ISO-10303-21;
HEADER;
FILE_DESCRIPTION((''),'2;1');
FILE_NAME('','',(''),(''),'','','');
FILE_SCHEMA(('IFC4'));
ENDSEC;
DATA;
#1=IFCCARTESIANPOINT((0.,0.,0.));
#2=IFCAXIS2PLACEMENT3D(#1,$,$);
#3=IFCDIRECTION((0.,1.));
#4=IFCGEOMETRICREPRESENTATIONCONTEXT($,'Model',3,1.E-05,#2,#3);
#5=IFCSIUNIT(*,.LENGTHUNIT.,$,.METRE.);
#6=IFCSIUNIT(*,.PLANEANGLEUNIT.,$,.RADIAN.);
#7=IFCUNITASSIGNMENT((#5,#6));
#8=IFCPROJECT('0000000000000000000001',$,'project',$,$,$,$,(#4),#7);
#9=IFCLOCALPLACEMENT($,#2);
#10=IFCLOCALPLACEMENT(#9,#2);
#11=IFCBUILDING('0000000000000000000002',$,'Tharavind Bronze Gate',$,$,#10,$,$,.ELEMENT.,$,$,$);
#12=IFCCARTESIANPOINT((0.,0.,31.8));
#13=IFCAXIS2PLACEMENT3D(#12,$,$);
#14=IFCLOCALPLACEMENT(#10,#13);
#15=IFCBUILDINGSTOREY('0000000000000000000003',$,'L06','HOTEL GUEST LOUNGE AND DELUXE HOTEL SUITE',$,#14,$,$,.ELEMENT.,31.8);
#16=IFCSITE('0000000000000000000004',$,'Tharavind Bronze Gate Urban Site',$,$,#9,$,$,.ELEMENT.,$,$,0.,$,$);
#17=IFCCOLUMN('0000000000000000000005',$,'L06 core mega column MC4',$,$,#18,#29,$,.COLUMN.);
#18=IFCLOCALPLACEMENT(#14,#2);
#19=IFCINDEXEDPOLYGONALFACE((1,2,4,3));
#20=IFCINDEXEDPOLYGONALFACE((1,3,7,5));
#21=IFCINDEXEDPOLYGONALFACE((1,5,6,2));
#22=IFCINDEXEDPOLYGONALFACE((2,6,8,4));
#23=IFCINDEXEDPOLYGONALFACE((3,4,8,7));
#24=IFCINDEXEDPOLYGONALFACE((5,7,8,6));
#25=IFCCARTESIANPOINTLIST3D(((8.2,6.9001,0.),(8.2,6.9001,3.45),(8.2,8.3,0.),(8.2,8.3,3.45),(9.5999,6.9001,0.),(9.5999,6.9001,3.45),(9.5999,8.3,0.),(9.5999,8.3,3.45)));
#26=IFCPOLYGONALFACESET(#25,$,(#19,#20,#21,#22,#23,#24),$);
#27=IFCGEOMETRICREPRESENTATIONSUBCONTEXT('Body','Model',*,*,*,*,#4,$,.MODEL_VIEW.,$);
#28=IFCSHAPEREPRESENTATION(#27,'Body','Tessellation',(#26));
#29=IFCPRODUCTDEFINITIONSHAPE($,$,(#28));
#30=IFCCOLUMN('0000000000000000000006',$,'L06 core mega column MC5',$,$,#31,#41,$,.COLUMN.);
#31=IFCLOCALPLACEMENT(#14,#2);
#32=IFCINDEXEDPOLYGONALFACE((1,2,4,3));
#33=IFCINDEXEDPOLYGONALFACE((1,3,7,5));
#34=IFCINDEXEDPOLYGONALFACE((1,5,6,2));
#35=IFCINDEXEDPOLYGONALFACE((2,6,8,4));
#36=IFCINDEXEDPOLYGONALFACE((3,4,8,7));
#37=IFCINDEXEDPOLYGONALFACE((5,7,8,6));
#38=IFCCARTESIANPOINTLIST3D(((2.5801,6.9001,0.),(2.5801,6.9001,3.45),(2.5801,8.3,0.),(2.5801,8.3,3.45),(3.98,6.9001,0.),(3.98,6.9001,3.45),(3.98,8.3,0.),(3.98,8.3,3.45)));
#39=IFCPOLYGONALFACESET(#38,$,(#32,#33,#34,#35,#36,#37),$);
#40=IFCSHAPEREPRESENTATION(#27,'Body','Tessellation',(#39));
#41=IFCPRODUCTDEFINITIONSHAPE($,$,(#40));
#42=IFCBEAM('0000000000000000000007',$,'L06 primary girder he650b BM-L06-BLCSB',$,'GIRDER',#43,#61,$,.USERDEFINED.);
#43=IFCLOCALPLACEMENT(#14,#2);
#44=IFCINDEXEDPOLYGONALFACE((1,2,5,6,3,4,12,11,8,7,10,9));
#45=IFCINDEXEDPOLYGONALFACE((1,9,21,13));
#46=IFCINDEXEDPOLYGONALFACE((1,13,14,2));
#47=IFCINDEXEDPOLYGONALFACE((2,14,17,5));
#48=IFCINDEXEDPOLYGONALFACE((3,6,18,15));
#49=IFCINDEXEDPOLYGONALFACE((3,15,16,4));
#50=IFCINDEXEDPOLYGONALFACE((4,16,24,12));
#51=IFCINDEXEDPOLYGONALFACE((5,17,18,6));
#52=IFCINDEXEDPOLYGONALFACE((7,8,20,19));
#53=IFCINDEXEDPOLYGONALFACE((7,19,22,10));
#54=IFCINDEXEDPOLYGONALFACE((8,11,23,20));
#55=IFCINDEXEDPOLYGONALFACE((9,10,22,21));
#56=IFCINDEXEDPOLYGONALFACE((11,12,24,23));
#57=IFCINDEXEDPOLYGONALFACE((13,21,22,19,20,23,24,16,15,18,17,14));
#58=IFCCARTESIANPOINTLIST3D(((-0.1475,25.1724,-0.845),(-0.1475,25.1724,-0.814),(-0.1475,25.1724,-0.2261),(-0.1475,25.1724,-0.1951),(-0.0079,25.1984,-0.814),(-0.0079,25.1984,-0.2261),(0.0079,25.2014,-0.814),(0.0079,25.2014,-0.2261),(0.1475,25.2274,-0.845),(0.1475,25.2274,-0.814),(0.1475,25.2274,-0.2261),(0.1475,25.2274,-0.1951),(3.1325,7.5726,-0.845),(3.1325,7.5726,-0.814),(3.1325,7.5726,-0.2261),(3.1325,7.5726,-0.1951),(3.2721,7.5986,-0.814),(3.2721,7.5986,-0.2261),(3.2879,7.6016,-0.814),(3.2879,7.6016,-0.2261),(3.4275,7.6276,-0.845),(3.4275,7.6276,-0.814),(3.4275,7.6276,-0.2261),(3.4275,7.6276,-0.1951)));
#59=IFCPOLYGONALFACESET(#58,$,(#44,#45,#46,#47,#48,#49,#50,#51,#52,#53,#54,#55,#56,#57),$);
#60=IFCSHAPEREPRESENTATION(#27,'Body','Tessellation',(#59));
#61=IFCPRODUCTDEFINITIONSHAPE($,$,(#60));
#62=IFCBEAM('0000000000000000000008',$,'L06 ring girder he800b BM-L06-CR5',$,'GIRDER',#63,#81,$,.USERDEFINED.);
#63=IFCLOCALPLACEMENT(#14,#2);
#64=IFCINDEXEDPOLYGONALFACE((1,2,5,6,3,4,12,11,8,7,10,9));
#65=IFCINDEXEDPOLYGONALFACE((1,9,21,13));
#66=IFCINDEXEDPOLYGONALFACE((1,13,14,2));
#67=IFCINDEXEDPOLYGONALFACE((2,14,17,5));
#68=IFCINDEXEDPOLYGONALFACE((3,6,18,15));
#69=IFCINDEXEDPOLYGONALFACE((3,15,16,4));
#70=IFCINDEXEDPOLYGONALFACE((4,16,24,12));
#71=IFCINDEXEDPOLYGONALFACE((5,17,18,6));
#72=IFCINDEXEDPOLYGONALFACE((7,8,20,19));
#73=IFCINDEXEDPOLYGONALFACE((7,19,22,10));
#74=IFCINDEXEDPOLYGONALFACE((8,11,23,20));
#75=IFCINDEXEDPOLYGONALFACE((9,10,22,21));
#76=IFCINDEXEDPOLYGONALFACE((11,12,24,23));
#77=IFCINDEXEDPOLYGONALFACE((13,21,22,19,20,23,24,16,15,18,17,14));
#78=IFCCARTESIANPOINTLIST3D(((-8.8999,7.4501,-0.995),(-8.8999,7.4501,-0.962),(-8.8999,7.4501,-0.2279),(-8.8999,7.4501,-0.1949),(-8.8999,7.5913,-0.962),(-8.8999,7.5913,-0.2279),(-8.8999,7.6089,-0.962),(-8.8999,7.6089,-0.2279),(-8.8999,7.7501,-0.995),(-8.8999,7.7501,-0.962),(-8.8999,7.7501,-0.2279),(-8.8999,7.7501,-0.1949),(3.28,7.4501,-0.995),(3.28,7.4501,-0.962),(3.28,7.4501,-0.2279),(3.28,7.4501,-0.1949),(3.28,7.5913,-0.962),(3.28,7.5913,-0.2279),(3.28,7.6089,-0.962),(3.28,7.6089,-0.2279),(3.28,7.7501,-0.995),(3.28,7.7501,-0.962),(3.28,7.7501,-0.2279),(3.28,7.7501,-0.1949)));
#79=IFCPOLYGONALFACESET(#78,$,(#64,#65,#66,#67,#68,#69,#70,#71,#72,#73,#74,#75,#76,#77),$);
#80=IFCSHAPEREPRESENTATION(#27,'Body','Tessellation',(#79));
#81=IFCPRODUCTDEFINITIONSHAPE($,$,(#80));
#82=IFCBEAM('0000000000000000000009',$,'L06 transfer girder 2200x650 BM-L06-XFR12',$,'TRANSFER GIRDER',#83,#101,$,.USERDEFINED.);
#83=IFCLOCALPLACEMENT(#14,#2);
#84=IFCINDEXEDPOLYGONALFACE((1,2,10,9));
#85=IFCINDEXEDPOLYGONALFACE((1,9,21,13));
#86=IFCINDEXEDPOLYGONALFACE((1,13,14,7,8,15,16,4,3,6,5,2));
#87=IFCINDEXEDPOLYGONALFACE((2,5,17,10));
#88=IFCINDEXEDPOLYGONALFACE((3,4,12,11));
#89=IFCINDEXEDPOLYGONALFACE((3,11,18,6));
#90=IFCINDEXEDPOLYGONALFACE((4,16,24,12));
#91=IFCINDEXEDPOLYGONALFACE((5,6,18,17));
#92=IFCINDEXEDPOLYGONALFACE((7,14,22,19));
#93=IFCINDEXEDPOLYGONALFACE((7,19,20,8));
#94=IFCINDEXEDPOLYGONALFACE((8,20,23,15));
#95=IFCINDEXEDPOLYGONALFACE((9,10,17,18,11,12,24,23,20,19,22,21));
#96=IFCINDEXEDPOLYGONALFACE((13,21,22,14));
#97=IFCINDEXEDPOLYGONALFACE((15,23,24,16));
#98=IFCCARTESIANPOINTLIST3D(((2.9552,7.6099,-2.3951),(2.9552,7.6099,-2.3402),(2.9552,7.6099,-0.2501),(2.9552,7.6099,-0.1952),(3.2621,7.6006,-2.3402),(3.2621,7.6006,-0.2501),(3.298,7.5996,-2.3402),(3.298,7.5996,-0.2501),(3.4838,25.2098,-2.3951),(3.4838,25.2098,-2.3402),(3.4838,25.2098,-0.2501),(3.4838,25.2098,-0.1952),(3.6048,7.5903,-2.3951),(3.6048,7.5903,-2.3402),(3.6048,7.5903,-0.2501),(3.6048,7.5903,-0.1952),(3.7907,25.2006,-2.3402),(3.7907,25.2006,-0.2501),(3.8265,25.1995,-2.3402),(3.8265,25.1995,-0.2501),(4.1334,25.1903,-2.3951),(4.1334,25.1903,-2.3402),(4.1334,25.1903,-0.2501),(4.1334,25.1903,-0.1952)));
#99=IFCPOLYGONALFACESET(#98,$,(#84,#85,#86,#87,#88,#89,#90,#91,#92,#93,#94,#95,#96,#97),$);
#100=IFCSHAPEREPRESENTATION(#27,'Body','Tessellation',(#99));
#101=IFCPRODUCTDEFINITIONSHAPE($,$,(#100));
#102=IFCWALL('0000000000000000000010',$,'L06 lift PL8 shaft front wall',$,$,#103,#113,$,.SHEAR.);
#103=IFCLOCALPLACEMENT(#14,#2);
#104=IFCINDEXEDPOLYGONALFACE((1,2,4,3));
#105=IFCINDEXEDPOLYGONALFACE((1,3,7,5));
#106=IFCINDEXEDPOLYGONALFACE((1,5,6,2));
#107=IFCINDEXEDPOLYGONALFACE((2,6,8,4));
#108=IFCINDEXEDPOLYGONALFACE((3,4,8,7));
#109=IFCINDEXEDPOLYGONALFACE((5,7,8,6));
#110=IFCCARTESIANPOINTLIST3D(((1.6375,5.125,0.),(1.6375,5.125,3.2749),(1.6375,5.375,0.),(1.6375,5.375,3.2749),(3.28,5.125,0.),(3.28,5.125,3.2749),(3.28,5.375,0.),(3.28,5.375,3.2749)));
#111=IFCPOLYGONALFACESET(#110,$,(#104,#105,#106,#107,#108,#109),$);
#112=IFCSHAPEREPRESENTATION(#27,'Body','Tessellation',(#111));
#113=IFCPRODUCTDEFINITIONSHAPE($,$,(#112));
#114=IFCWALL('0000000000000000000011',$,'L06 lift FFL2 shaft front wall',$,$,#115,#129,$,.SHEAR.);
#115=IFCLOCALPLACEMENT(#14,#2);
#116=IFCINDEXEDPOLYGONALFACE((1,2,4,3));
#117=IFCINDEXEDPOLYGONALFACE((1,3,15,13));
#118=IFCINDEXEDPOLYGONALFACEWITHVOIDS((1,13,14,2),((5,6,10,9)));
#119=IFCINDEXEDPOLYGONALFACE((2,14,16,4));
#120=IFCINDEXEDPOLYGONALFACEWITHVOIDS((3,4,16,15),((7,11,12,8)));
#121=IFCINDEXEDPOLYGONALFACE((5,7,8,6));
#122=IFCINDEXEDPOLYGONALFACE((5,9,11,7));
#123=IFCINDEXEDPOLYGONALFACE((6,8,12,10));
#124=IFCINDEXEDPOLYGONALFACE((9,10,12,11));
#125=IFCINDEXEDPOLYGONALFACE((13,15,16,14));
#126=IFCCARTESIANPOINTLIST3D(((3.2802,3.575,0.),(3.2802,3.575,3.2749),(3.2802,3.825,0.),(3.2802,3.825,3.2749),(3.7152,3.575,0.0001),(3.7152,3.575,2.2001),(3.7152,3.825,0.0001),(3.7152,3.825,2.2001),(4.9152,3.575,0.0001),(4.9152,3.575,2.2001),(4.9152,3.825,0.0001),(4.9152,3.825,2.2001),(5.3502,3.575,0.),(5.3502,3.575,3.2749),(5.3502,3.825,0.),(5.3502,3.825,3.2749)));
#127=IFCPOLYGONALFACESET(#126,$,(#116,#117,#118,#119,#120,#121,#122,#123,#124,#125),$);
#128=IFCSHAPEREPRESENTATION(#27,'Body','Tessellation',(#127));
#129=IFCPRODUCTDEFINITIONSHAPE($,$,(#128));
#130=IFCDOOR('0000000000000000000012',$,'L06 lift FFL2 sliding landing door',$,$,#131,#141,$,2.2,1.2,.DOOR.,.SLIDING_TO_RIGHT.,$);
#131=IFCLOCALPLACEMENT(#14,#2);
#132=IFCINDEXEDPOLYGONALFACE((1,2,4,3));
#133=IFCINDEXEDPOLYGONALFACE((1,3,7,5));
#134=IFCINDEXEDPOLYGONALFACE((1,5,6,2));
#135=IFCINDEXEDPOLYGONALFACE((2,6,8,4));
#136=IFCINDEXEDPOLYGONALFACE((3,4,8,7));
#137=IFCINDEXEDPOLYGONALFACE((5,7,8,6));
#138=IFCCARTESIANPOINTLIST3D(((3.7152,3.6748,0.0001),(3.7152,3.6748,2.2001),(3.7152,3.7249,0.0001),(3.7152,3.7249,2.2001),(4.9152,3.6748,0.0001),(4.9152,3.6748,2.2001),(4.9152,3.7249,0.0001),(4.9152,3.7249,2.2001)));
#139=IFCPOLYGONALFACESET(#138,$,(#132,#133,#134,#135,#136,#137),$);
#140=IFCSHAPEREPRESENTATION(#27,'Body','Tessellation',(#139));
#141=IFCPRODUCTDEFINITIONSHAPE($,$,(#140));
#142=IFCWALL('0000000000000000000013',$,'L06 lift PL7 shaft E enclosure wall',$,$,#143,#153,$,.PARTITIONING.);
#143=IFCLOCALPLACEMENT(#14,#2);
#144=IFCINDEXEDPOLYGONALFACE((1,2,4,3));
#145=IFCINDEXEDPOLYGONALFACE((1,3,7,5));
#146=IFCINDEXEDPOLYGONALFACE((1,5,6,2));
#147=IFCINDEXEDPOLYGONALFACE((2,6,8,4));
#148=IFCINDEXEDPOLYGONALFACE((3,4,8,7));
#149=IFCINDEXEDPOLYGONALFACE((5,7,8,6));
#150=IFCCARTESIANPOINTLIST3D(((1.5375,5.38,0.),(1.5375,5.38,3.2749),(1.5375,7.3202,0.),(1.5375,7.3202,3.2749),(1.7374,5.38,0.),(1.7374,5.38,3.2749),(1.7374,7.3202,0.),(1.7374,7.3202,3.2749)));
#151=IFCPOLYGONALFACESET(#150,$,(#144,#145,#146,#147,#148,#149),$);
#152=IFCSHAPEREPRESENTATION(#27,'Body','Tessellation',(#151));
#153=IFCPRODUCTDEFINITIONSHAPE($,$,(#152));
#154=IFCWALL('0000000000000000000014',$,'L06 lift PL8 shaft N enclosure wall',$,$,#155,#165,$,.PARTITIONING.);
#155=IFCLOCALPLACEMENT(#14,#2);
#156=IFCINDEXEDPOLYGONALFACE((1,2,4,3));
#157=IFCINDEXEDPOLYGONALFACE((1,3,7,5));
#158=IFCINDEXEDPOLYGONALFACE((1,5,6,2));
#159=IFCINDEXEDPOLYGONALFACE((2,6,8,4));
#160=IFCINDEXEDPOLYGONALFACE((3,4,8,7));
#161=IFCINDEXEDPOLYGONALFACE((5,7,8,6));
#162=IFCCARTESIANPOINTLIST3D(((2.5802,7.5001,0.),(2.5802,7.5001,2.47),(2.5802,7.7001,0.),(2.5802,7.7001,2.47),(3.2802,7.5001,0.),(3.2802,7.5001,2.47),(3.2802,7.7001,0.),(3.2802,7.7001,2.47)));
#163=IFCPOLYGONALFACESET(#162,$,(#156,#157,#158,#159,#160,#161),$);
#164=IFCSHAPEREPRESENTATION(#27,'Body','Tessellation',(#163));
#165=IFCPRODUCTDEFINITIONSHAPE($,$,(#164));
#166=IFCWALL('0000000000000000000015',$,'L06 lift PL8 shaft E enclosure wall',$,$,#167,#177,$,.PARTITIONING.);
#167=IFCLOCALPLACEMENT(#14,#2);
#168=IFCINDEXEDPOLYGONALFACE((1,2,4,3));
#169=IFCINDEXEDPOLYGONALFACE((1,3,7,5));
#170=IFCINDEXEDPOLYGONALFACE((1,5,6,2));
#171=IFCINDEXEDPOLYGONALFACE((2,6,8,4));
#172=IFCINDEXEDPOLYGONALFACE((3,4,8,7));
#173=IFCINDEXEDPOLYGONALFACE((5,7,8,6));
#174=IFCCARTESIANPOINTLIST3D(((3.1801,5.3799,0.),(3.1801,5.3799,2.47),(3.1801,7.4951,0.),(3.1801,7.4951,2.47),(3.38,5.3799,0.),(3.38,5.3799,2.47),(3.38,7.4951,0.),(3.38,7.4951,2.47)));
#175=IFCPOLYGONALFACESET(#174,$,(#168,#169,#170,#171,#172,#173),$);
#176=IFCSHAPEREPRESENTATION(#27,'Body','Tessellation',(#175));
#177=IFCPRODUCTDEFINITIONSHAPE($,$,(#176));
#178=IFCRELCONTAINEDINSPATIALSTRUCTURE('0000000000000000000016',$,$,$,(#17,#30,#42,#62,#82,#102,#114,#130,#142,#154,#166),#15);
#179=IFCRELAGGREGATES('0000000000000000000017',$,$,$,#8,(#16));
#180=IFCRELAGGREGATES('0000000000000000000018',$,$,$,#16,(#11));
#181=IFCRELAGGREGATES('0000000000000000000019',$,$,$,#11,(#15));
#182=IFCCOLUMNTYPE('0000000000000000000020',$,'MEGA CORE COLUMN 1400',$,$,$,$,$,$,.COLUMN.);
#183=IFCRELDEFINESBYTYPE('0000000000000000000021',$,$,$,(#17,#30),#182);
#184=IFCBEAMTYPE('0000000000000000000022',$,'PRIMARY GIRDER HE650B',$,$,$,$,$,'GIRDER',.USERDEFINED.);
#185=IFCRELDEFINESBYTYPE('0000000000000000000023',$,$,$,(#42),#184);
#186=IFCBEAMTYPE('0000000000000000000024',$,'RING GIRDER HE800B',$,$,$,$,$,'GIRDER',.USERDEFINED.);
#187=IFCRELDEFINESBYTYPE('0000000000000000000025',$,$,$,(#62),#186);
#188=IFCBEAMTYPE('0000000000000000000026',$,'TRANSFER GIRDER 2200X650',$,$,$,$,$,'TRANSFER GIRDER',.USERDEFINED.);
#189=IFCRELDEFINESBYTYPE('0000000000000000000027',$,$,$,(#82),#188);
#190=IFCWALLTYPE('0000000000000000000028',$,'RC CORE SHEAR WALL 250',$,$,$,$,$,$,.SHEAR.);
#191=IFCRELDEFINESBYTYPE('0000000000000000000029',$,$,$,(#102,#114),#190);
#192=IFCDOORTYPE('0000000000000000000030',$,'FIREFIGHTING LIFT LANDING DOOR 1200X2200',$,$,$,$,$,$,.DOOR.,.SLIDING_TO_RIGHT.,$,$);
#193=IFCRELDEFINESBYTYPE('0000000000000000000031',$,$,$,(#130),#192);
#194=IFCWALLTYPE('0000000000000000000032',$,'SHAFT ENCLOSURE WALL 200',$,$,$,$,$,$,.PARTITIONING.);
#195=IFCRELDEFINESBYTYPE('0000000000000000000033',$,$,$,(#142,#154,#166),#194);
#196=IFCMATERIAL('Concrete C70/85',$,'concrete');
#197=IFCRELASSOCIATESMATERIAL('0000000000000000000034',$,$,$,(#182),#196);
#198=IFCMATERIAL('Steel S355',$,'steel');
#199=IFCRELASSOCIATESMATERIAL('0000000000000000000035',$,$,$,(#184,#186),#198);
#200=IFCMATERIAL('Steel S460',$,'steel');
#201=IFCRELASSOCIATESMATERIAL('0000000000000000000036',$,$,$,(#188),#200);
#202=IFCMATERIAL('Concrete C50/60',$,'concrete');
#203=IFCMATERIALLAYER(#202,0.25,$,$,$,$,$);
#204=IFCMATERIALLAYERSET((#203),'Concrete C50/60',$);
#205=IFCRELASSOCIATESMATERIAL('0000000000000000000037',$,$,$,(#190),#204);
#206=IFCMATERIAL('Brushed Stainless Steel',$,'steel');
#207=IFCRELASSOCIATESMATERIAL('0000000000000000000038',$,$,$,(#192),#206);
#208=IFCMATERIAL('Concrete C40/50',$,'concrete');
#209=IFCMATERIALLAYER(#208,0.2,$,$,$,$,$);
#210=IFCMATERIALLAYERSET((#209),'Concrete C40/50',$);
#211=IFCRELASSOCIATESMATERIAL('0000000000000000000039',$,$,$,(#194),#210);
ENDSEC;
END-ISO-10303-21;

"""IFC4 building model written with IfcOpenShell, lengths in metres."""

from ifc_helpers import new_model, si_unit, direction, frame, frame_2d, origin, origin_2d, place, context, subcontext, project, spatial, rectangle, i_section, extrude, material, layer, layer_set, material_profile, profile_set, type_object, element, fill, save


model = new_model("IFC4")

# Units and contexts
model_context = context("Model", 3, precision=1e-05, world=origin(), true_north=direction((0.0, 1.0)))
body_context = subcontext(model_context, "Body", "Model", "MODEL_VIEW")
ifc_project = project(units=[si_unit("LENGTHUNIT", "METRE"), si_unit("PLANEANGLEUNIT", "RADIAN")], contexts=[model_context])

# Site, building, storey
site_placement = place(None, origin())
site = spatial("IfcSite", under=ifc_project, at=site_placement, Name="Tharavind Bronze Gate Urban Site", CompositionType="ELEMENT", RefElevation=0.0)
building_placement = place(site_placement, origin())
building = spatial("IfcBuilding", under=site, at=building_placement, Name="Tharavind Bronze Gate", CompositionType="ELEMENT")
storey_placement = place(building_placement, frame((0.0, 0.0, 31.8)))
storey = spatial("IfcBuildingStorey", under=building, at=storey_placement, Name="L06", Description="HOTEL GUEST LOUNGE AND DELUXE HOTEL SUITE", CompositionType="ELEMENT", Elevation=31.8)

# Columns
ifc_material_1 = material(Name="Concrete C70/85", Category="concrete")
ifc_material_profile_1 = material_profile(ifc_material_1, rectangle(XDim=1.3999, YDim=1.3999, at=origin_2d()), Name="RCCOL1400")
ifc_profile_set_1 = profile_set([ifc_material_profile_1], Name="Concrete C70/85")
column_type = type_object("IfcColumnType", Name="MEGA CORE COLUMN 1400", PredefinedType="COLUMN", material=ifc_profile_set_1)
for number, where, z_axis, x_axis, name in (
    (1, (8.8999, 7.6001, 0.0), (0.0, 0.0, 1.0), (1.0, 0.0, 0.0), "L06 core mega column MC4"),
    (2, (3.28, 7.6001, 0.0), (0.0, 0.0, 1.0), (1.0, 0.0, 0.0), "L06 core mega column MC5"),
):
    element("IfcColumn", number, at=place(storey_placement, frame(where, z_axis=z_axis, x_axis=x_axis)), inside=storey, type_object=column_type, Name=name, PredefinedType="COLUMN", context=body_context, shape_type="SweptSolid", body=[
        extrude(rectangle(XDim=1.3999, YDim=1.3999, at=origin_2d()), origin(), (0.0, 0.0, 1.0), 3.45),
    ])

# Beams
ifc_material_2 = material(Name="Steel S355", Category="steel")
ifc_material_profile_2 = material_profile(ifc_material_2, i_section(OverallWidth=0.3, OverallDepth=0.6499, WebThickness=0.0161, FlangeThickness=0.031, at=origin_2d()), Name="HE650B")
ifc_profile_set_2 = profile_set([ifc_material_profile_2], Name="Steel S355")
beam_type_1 = type_object("IfcBeamType", Name="PRIMARY GIRDER HE650B", ElementType="GIRDER", PredefinedType="USERDEFINED", material=ifc_profile_set_2)
beam_1_placement = place(storey_placement, frame((3.28, 7.6001, -0.52), z_axis=(-0.183212, 0.983073, 0.0), x_axis=(-0.983073, -0.183212, 0.0)))
element("IfcBeam", 3, at=beam_1_placement, inside=storey, type_object=beam_type_1, Name="L06 primary girder he650b BM-L06-BLCSB", ObjectType="GIRDER", PredefinedType="USERDEFINED", context=body_context, shape_type="SweptSolid", body=[
    extrude(i_section(OverallWidth=0.3, OverallDepth=0.6499, WebThickness=0.0161, FlangeThickness=0.031, at=origin_2d()), origin(), (0.0, 0.0, 1.0), 17.9028),
])
ifc_material_profile_3 = material_profile(ifc_material_2, i_section(OverallWidth=0.3, OverallDepth=0.8, WebThickness=0.0176, FlangeThickness=0.033, at=origin_2d()), Name="HE800B")
ifc_profile_set_3 = profile_set([ifc_material_profile_3], Name="Steel S355")
beam_type_2 = type_object("IfcBeamType", Name="RING GIRDER HE800B", ElementType="GIRDER", PredefinedType="USERDEFINED", material=ifc_profile_set_3)
beam_2_placement = place(storey_placement, frame((3.28, 7.6001, -0.595), z_axis=(-1.0, 0.0, 0.0), x_axis=(0.0, -1.0, 0.0)))
element("IfcBeam", 4, at=beam_2_placement, inside=storey, type_object=beam_type_2, Name="L06 ring girder he800b BM-L06-CR5", ObjectType="GIRDER", PredefinedType="USERDEFINED", context=body_context, shape_type="SweptSolid", body=[
    extrude(i_section(OverallWidth=0.3, OverallDepth=0.8, WebThickness=0.0176, FlangeThickness=0.033, at=origin_2d()), origin(), (0.0, 0.0, 1.0), 12.1799),
])
ifc_material_3 = material(Name="Steel S460", Category="steel")
ifc_material_profile_4 = material_profile(ifc_material_3, i_section(OverallWidth=0.6499, OverallDepth=2.2, WebThickness=0.0359, FlangeThickness=0.0549, at=origin_2d()), Name="PG2200X650")
ifc_profile_set_4 = profile_set([ifc_material_profile_4], Name="Steel S460")
beam_type_3 = type_object("IfcBeamType", Name="TRANSFER GIRDER 2200X650", ElementType="TRANSFER GIRDER", PredefinedType="USERDEFINED", material=ifc_profile_set_4)
beam_3_placement = place(storey_placement, frame((3.28, 7.6001, -1.2952), z_axis=(0.030019, 0.999549, 0.0), x_axis=(-0.999549, 0.030019, 0.0)))
element("IfcBeam", 5, at=beam_3_placement, inside=storey, type_object=beam_type_3, Name="L06 transfer girder 2200x650 BM-L06-XFR12", ObjectType="TRANSFER GIRDER", PredefinedType="USERDEFINED", context=body_context, shape_type="SweptSolid", body=[
    extrude(i_section(OverallWidth=0.6499, OverallDepth=2.2, WebThickness=0.0359, FlangeThickness=0.0549, at=origin_2d()), origin(), (0.0, 0.0, 1.0), 17.6079),
])

# Shared definitions
ifc_material_4 = material(Name="Concrete C50/60", Category="concrete")
ifc_layer_1 = layer(ifc_material_4, 0.25)
ifc_layer_set_1 = layer_set([ifc_layer_1], Name="Concrete C50/60")
wall_type_1 = type_object("IfcWallType", Name="RC CORE SHEAR WALL 250", PredefinedType="SHEAR", material=ifc_layer_set_1)

# Wall
wall_1_placement = place(storey_placement, frame((1.6375, 5.25, 0.0), z_axis=(0.0, 0.0, 1.0), x_axis=(1.0, 0.0, 0.0)))
element("IfcWall", 6, at=wall_1_placement, inside=storey, type_object=wall_type_1, Name="L06 lift PL8 shaft front wall", PredefinedType="SHEAR", context=body_context, shape_type="SweptSolid", body=[
    extrude(rectangle(XDim=1.6426, YDim=0.25, at=frame_2d((0.8213, 0.0))), origin(), (0.0, 0.0, 1.0), 3.2749),
])

# Wall, opening, door
wall_2_placement = place(storey_placement, frame((3.28, 3.7, 0.0), z_axis=(0.0, 0.0, 1.0), x_axis=(1.0, 0.0, 0.0)))
wall_2 = element("IfcWall", 7, at=wall_2_placement, inside=storey, type_object=wall_type_1, Name="L06 lift FFL2 shaft front wall", PredefinedType="SHEAR", context=body_context, shape_type="SweptSolid", body=[
    extrude(rectangle(XDim=2.0701, YDim=0.25, at=frame_2d((1.0352, 0.0))), origin(), (0.0, 0.0, 1.0), 3.2749),
])
opening_1_placement = place(wall_2_placement, frame((0.4351, 0.0, 0.0)))
opening_1 = element("IfcOpeningElement", 8, at=opening_1_placement, cuts=wall_2, PredefinedType="OPENING", context=body_context, shape_type="SweptSolid", body=[
    extrude(rectangle(XDim=1.2, YDim=2.2, at=frame_2d((0.6001, 1.1001))), frame((0.0, 0.135, 0.0), z_axis=(0.0, -1.0, 0.0), x_axis=(1.0, 0.0, 0.0)), (0.0, 0.0, 1.0), 0.27),
])
ifc_material_5 = material(Name="Brushed Stainless Steel", Category="steel")
door_type_1 = type_object("IfcDoorType", Name="FIREFIGHTING LIFT LANDING DOOR 1200X2200", OperationType="SLIDING_TO_RIGHT", PredefinedType="DOOR", material=ifc_material_5)
door_1_placement = place(opening_1_placement, origin())
door_1 = element("IfcDoor", 9, at=door_1_placement, inside=storey, type_object=door_type_1, Name="L06 lift FFL2 sliding landing door", OperationType="SLIDING_TO_RIGHT", OverallHeight=2.2, OverallWidth=1.2, PredefinedType="DOOR", context=body_context, shape_type="SweptSolid", body=[
    extrude(rectangle(XDim=1.2, YDim=2.2, at=frame_2d((0.6001, 1.1001))), frame((0.0, 0.0249, 0.0), z_axis=(0.0, -1.0, 0.0), x_axis=(1.0, 0.0, 0.0)), (0.0, 0.0, 1.0), 0.05),
])
fill(opening_1, door_1)

# Walls
ifc_material_6 = material(Name="Concrete C40/50", Category="concrete")
ifc_layer_2 = layer(ifc_material_6, 0.2)
ifc_layer_set_2 = layer_set([ifc_layer_2], Name="Concrete C40/50")
wall_type_2 = type_object("IfcWallType", Name="SHAFT ENCLOSURE WALL 200", PredefinedType="PARTITIONING", material=ifc_layer_set_2)
wall_3_placement = place(storey_placement, frame((1.6375, 5.3799, 0.0), z_axis=(0.0, 0.0, 1.0), x_axis=(0.0, 1.0, 0.0)))
element("IfcWall", 10, at=wall_3_placement, inside=storey, type_object=wall_type_2, Name="L06 lift PL7 shaft E enclosure wall", PredefinedType="PARTITIONING", context=body_context, shape_type="SweptSolid", body=[
    extrude(rectangle(XDim=1.9402, YDim=0.2, at=frame_2d((0.9702, 0.0))), origin(), (0.0, 0.0, 1.0), 3.2749),
])
wall_4_placement = place(storey_placement, frame((2.5801, 7.6001, 0.0), z_axis=(0.0, 0.0, 1.0), x_axis=(1.0, 0.0, 0.0)))
element("IfcWall", 11, at=wall_4_placement, inside=storey, type_object=wall_type_2, Name="L06 lift PL8 shaft N enclosure wall", PredefinedType="PARTITIONING", context=body_context, shape_type="SweptSolid", body=[
    extrude(rectangle(XDim=0.7, YDim=0.2, at=frame_2d((0.3501, 0.0))), origin(), (0.0, 0.0, 1.0), 2.47),
])
wall_5_placement = place(storey_placement, frame((3.28, 5.3799, 0.0), z_axis=(0.0, 0.0, 1.0), x_axis=(0.0, 1.0, 0.0)))
element("IfcWall", 12, at=wall_5_placement, inside=storey, type_object=wall_type_2, Name="L06 lift PL8 shaft E enclosure wall", PredefinedType="PARTITIONING", context=body_context, shape_type="SweptSolid", body=[
    extrude(rectangle(XDim=2.1152, YDim=0.2, at=frame_2d((1.0576, 0.0))), origin(), (0.0, 0.0, 1.0), 2.47),
])

save(model, "model.ifc")
